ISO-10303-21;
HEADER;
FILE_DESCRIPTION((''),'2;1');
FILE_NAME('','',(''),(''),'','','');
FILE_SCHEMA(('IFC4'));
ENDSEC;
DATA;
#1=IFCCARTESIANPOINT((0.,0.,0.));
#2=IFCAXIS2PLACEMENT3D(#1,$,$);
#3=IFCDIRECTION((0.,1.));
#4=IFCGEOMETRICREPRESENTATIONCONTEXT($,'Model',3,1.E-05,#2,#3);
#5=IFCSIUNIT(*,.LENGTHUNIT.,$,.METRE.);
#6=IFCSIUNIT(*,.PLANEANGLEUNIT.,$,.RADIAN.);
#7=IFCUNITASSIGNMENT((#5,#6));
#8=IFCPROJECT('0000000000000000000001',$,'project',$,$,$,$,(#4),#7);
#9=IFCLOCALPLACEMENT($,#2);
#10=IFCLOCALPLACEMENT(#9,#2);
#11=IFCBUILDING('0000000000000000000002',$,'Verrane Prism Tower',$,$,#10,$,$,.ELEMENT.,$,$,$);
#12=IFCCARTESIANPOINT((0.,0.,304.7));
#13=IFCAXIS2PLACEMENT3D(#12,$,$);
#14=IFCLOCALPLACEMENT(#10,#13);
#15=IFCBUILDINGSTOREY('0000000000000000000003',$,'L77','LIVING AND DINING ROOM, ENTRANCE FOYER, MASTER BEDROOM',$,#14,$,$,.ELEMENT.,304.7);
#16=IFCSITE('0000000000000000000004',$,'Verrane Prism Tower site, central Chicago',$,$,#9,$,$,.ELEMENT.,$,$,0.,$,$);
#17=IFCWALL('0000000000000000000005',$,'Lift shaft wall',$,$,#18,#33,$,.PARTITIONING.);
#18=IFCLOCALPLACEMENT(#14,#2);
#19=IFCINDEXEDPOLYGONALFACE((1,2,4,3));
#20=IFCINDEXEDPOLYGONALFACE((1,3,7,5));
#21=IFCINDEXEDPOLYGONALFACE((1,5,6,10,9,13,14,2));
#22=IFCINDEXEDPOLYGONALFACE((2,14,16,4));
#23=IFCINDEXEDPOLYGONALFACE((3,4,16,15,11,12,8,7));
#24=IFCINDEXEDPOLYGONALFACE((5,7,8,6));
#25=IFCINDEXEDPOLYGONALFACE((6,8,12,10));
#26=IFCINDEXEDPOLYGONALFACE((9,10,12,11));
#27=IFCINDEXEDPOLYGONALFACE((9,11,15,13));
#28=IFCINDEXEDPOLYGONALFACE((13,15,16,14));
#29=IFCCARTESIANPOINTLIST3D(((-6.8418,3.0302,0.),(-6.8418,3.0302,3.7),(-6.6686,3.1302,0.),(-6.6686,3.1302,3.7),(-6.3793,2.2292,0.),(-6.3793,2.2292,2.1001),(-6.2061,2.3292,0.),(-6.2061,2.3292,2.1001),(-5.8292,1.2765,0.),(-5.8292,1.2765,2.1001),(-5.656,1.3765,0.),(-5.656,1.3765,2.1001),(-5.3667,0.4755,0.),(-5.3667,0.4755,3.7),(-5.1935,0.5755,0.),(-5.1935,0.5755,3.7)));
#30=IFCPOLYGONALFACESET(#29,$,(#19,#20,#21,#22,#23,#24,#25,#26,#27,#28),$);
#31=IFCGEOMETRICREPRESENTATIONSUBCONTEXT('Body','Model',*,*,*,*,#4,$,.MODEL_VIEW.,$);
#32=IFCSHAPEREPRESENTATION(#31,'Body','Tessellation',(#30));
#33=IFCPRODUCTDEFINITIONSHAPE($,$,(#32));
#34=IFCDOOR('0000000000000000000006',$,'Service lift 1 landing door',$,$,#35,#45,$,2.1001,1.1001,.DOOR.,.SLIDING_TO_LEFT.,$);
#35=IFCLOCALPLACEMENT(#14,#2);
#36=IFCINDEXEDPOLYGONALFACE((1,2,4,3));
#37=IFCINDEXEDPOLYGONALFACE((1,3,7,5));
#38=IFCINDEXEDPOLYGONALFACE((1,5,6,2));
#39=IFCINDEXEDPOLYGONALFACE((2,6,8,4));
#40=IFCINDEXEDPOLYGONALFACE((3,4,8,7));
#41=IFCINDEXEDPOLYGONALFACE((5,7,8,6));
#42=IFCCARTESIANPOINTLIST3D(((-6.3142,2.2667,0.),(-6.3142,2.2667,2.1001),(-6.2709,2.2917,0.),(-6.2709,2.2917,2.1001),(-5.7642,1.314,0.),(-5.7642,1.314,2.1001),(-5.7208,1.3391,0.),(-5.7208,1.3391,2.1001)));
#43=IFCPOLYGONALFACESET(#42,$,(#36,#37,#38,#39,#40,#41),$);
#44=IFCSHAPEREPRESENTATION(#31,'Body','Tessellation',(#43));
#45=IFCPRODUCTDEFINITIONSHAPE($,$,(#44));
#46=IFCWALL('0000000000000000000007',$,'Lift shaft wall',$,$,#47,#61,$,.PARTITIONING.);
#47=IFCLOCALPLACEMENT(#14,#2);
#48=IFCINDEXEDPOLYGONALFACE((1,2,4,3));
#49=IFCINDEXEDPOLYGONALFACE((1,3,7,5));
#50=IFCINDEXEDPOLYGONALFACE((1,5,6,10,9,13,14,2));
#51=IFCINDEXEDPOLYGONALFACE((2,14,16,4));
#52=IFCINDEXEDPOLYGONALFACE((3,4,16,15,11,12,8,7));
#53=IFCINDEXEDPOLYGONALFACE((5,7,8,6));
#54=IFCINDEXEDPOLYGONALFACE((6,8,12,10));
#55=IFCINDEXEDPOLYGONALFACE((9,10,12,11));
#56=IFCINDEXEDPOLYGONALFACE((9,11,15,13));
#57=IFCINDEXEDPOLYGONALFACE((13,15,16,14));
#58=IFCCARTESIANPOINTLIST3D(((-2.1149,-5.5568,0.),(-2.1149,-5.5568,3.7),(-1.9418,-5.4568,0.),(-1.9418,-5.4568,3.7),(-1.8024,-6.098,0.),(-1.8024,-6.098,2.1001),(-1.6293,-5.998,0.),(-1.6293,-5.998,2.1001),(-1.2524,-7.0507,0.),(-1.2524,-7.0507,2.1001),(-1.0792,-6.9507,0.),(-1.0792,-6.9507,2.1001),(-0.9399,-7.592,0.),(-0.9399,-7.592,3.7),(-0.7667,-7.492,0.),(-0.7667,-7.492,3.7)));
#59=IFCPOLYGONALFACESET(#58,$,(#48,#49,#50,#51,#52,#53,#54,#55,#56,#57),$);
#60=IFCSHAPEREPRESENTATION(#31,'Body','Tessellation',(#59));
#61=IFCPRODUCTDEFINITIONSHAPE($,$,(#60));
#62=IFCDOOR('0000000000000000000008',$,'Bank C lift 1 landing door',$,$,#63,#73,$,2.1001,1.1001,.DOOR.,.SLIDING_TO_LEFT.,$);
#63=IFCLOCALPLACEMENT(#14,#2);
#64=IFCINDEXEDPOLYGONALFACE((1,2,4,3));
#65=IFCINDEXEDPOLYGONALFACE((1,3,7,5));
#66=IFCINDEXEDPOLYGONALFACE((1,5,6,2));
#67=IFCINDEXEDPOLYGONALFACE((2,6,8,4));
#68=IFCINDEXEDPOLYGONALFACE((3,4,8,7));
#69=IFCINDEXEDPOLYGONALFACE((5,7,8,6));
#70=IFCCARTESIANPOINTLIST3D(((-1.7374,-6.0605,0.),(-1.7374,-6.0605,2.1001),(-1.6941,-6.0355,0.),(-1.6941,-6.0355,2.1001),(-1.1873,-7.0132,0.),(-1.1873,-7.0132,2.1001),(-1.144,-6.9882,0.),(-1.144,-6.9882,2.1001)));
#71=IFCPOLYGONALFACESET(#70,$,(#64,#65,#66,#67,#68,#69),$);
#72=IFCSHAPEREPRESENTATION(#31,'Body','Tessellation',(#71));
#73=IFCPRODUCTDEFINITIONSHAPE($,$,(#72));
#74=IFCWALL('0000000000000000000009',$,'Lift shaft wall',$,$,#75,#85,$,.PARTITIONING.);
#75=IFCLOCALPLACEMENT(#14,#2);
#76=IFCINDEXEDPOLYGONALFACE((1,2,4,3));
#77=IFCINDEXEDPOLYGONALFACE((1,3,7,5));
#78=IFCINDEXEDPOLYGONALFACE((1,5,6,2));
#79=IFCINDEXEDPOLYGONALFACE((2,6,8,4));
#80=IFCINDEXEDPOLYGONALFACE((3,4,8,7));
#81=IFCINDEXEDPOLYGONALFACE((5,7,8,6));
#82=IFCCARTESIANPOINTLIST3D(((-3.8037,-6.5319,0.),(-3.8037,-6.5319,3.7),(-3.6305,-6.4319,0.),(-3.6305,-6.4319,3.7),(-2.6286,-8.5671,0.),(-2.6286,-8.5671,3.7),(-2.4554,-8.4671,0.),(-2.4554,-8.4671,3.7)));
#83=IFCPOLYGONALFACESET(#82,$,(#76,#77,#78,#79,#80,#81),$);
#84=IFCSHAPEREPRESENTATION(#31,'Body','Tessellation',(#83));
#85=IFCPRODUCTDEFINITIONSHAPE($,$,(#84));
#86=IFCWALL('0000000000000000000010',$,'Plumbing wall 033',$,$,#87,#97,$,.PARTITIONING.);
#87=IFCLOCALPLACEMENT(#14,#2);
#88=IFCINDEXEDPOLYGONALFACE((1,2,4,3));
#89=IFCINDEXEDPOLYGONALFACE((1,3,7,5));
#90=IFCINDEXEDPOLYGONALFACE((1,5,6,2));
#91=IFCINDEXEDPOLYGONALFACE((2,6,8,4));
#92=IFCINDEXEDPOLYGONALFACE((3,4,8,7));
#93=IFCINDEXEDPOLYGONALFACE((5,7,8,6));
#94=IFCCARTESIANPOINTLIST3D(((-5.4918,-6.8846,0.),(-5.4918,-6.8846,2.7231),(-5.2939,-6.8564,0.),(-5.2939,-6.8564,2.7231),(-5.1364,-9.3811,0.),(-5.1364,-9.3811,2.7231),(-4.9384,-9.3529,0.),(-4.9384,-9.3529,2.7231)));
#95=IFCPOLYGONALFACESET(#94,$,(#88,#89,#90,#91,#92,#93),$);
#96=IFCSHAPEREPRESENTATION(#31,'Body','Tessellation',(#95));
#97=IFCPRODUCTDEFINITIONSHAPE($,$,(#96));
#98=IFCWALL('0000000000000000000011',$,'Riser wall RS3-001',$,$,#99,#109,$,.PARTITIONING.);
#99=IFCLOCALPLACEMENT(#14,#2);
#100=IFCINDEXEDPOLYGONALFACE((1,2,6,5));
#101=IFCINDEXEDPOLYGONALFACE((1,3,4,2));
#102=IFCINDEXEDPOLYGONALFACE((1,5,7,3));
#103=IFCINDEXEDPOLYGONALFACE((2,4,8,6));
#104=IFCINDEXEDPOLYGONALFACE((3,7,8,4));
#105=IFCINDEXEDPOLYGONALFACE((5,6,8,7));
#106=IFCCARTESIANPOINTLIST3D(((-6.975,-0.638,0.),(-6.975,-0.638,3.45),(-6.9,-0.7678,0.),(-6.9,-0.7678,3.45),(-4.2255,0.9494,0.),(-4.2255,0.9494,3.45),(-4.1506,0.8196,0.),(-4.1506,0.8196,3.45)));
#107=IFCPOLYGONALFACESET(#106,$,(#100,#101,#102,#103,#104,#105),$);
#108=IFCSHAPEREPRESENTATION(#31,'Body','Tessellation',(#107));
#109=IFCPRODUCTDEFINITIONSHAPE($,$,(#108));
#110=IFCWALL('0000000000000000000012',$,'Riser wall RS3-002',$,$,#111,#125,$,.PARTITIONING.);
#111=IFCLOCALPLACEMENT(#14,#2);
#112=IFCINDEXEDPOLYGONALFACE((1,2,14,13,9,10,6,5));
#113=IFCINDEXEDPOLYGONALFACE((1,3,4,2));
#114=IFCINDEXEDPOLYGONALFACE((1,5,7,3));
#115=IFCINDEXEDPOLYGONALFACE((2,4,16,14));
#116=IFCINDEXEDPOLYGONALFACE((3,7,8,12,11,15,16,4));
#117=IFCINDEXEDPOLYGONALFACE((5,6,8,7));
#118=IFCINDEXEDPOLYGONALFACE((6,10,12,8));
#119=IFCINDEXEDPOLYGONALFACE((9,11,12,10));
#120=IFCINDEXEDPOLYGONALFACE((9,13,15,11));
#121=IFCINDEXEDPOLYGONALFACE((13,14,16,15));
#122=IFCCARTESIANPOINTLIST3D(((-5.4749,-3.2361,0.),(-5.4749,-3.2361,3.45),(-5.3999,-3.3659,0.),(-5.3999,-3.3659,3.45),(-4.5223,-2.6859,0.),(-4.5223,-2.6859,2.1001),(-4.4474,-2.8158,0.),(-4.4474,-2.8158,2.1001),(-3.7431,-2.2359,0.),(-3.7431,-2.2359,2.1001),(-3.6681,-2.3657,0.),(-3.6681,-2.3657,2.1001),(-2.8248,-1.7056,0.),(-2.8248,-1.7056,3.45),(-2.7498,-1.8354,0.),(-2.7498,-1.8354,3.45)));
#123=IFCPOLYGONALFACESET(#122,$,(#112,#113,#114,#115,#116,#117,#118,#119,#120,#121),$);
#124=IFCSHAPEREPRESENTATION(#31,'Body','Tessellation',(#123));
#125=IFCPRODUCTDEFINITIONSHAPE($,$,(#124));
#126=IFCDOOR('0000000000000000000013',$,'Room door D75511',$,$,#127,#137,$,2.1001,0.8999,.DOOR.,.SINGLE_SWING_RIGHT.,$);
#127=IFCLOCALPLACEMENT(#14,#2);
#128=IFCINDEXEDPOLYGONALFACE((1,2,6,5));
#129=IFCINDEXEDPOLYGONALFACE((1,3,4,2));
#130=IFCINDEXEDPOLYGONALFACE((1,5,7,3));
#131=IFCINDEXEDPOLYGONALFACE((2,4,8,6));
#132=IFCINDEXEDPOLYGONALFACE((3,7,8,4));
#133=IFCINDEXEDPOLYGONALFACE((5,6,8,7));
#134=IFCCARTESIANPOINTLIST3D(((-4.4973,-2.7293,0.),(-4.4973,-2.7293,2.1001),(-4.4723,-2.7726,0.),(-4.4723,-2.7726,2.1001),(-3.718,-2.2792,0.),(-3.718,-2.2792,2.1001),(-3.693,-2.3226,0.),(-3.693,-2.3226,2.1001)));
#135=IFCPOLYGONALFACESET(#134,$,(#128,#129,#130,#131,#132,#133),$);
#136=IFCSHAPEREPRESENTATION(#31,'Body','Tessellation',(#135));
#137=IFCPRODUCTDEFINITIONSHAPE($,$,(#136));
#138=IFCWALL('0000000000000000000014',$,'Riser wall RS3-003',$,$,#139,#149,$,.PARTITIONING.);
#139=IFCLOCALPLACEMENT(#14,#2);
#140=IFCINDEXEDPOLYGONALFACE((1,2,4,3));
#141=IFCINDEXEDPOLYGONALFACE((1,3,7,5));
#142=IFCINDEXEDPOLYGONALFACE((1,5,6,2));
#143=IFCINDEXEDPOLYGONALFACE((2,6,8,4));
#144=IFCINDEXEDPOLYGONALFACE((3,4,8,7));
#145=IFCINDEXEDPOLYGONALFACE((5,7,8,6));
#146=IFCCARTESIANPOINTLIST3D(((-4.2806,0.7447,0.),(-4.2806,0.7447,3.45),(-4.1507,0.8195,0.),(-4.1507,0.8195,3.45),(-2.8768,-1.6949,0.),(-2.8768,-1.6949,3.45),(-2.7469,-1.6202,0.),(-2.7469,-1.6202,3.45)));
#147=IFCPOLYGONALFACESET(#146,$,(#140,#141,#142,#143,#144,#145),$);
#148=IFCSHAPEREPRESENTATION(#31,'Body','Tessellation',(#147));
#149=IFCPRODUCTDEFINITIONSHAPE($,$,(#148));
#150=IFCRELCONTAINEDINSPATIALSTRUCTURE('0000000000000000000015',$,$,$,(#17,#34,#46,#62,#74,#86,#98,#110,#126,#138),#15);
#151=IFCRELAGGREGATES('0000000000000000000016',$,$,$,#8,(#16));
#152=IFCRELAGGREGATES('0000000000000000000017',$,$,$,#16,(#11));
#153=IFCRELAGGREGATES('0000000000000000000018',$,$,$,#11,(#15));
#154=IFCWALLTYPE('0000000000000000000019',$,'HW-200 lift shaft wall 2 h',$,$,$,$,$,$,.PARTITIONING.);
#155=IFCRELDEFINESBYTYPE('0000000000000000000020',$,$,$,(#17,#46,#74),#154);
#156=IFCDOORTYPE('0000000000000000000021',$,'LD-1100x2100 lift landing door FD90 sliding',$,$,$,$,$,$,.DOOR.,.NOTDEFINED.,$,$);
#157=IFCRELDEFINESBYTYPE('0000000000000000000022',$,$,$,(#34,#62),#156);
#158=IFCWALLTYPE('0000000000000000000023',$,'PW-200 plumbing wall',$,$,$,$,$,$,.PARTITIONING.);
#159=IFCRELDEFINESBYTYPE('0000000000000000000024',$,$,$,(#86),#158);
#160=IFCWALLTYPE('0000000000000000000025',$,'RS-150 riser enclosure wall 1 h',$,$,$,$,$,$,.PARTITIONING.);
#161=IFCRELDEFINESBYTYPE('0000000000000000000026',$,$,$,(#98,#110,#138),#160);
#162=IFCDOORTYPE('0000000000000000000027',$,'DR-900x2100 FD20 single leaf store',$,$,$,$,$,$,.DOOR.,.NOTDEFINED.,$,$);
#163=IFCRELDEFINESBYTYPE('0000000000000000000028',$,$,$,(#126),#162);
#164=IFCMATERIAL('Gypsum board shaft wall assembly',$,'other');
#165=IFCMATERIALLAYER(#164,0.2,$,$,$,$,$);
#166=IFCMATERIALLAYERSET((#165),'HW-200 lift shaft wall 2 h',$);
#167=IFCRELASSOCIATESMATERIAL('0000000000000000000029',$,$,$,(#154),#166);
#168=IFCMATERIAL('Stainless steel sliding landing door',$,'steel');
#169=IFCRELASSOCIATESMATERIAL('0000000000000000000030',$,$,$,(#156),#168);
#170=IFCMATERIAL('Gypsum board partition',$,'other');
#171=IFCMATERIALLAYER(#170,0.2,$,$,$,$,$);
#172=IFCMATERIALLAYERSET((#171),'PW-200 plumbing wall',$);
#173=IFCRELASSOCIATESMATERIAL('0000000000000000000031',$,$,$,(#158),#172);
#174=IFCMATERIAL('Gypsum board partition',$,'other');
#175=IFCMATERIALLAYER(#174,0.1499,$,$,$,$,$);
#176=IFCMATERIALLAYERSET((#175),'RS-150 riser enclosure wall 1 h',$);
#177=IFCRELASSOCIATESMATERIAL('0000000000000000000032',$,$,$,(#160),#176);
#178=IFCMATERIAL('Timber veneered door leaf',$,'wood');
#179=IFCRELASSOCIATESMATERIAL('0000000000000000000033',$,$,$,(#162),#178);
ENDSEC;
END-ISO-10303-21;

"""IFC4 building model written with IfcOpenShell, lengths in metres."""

from ifc_helpers import new_model, si_unit, direction, frame, frame_2d, origin, place, context, subcontext, project, spatial, rectangle, extrude, material, layer, layer_set, type_object, element, fill, save


model = new_model("IFC4")

# Units and contexts
model_context = context("Model", 3, precision=1e-05, world=origin(), true_north=direction((0.0, 1.0)))
body_context = subcontext(model_context, "Body", "Model", "MODEL_VIEW")
ifc_project = project(units=[si_unit("LENGTHUNIT", "METRE"), si_unit("PLANEANGLEUNIT", "RADIAN")], contexts=[model_context])

# Site, building, storey
site_placement = place(None, origin())
site = spatial("IfcSite", under=ifc_project, at=site_placement, Name="Verrane Prism Tower site, central Chicago", CompositionType="ELEMENT", RefElevation=0.0)
building_placement = place(site_placement, origin())
building = spatial("IfcBuilding", under=site, at=building_placement, Name="Verrane Prism Tower", CompositionType="ELEMENT")
storey_placement = place(building_placement, frame((0.0, 0.0, 304.7)))
storey = spatial("IfcBuildingStorey", under=building, at=storey_placement, Name="L77", Description="LIVING AND DINING ROOM, ENTRANCE FOYER, MASTER BEDROOM", CompositionType="ELEMENT", Elevation=304.7)

# Shared definitions
ifc_material_1 = material(Name="Gypsum board shaft wall assembly", Category="other")
ifc_layer_1 = layer(ifc_material_1, 0.2)
ifc_layer_set_1 = layer_set([ifc_layer_1], Name="HW-200 lift shaft wall 2 h")
wall_type_1 = type_object("IfcWallType", Name="HW-200 lift shaft wall 2 h", PredefinedType="PARTITIONING", material=ifc_layer_set_1)
ifc_material_2 = material(Name="Stainless steel sliding landing door", Category="steel")
door_type_1 = type_object("IfcDoorType", Name="LD-1100x2100 lift landing door FD90 sliding", OperationType="NOTDEFINED", PredefinedType="DOOR", material=ifc_material_2)

# Walls, openings, doors
wall_1_placement = place(storey_placement, frame((-5.28, 0.5254, 0.0), z_axis=(0.0, 0.0, 1.0), x_axis=(-0.500038, 0.866004, 0.0)))
wall_1 = element("IfcWall", 1, at=wall_1_placement, inside=storey, type_object=wall_type_1, Name="Lift shaft wall", PredefinedType="PARTITIONING", context=body_context, shape_type="SweptSolid", body=[
    extrude(rectangle(XDim=2.95, YDim=0.2, at=frame_2d((1.4751, 0.0))), origin(), (0.0, 0.0, 1.0), 3.7),
])
opening_1_placement = place(wall_1_placement, frame((0.925, 0.0, 0.0)))
opening_1 = element("IfcOpeningElement", 2, at=opening_1_placement, cuts=wall_1, PredefinedType="OPENING", context=body_context, shape_type="SweptSolid", body=[
    extrude(rectangle(XDim=1.1001, YDim=2.1001, at=frame_2d((0.55, 1.05))), frame((0.0, 0.1099, 0.0), z_axis=(0.0, -1.0, 0.0), x_axis=(1.0, 0.0, 0.0)), (0.0, 0.0, 1.0), 0.22),
])
door_1_placement = place(opening_1_placement, origin())
door_1 = element("IfcDoor", 3, at=door_1_placement, inside=storey, type_object=door_type_1, Name="Service lift 1 landing door", OperationType="SLIDING_TO_LEFT", OverallHeight=2.1001, OverallWidth=1.1001, PredefinedType="DOOR", context=body_context, shape_type="SweptSolid", body=[
    extrude(rectangle(XDim=1.1001, YDim=2.1001, at=frame_2d((0.55, 1.05))), frame((0.0, 0.0249, 0.0), z_axis=(0.0, -1.0, 0.0), x_axis=(1.0, 0.0, 0.0)), (0.0, 0.0, 1.0), 0.05),
])
fill(opening_1, door_1)
wall_2_placement = place(storey_placement, frame((-0.8533, -7.542, 0.0), z_axis=(0.0, 0.0, 1.0), x_axis=(-0.500016, 0.866016, 0.0)))
wall_2 = element("IfcWall", 4, at=wall_2_placement, inside=storey, type_object=wall_type_1, Name="Lift shaft wall", PredefinedType="PARTITIONING", context=body_context, shape_type="SweptSolid", body=[
    extrude(rectangle(XDim=2.3501, YDim=0.2, at=frame_2d((1.175, 0.0))), origin(), (0.0, 0.0, 1.0), 3.7),
])
opening_2_placement = place(wall_2_placement, frame((0.625, 0.0, 0.0)))
opening_2 = element("IfcOpeningElement", 5, at=opening_2_placement, cuts=wall_2, PredefinedType="OPENING", context=body_context, shape_type="SweptSolid", body=[
    extrude(rectangle(XDim=1.1001, YDim=2.1001, at=frame_2d((0.55, 1.05))), frame((0.0, 0.1099, 0.0), z_axis=(0.0, -1.0, 0.0), x_axis=(1.0, 0.0, 0.0)), (0.0, 0.0, 1.0), 0.22),
])
door_2_placement = place(opening_2_placement, origin())
door_2 = element("IfcDoor", 6, at=door_2_placement, inside=storey, type_object=door_type_1, Name="Bank C lift 1 landing door", OperationType="SLIDING_TO_LEFT", OverallHeight=2.1001, OverallWidth=1.1001, PredefinedType="DOOR", context=body_context, shape_type="SweptSolid", body=[
    extrude(rectangle(XDim=1.1001, YDim=2.1001, at=frame_2d((0.55, 1.05))), frame((0.0, 0.0249, 0.0), z_axis=(0.0, -1.0, 0.0), x_axis=(1.0, 0.0, 0.0)), (0.0, 0.0, 1.0), 0.05),
])
fill(opening_2, door_2)

# Walls
wall_3_placement = place(storey_placement, frame((-2.542, -8.5171, 0.0), z_axis=(0.0, 0.0, 1.0), x_axis=(-0.500016, 0.866016, 0.0)))
element("IfcWall", 7, at=wall_3_placement, inside=storey, type_object=wall_type_1, Name="Lift shaft wall", PredefinedType="PARTITIONING", context=body_context, shape_type="SweptSolid", body=[
    extrude(rectangle(XDim=2.3501, YDim=0.2, at=frame_2d((1.175, 0.0))), origin(), (0.0, 0.0, 1.0), 3.7),
])
ifc_material_3 = material(Name="Gypsum board partition", Category="other")
ifc_layer_2 = layer(ifc_material_3, 0.2)
ifc_layer_set_2 = layer_set([ifc_layer_2], Name="PW-200 plumbing wall")
wall_type_2 = type_object("IfcWallType", Name="PW-200 plumbing wall", PredefinedType="PARTITIONING", material=ifc_layer_set_2)
wall_4_placement = place(storey_placement, frame((-5.3928, -6.8706, 0.0), z_axis=(0.0, 0.0, 1.0), x_axis=(0.140961, -0.990015, 0.0)))
element("IfcWall", 8, at=wall_4_placement, inside=storey, type_object=wall_type_2, Name="Plumbing wall 033", PredefinedType="PARTITIONING", context=body_context, shape_type="SweptSolid", body=[
    extrude(rectangle(XDim=2.5217, YDim=0.2, at=frame_2d((1.2607, 0.0))), origin(), (0.0, 0.0, 1.0), 2.7231),
])
ifc_material_4 = material(Name="Gypsum board partition", Category="other")
ifc_layer_3 = layer(ifc_material_4, 0.1499)
ifc_layer_set_3 = layer_set([ifc_layer_3], Name="RS-150 riser enclosure wall 1 h")
wall_type_3 = type_object("IfcWallType", Name="RS-150 riser enclosure wall 1 h", PredefinedType="PARTITIONING", material=ifc_layer_set_3)
wall_5_placement = place(storey_placement, frame((-6.9375, -0.7029, 0.0), z_axis=(0.0, 0.0, 1.0), x_axis=(0.866029, 0.499993, 0.0)))
element("IfcWall", 9, at=wall_5_placement, inside=storey, type_object=wall_type_3, Name="Riser wall RS3-001", PredefinedType="PARTITIONING", context=body_context, shape_type="SweptSolid", body=[
    extrude(rectangle(XDim=3.1748, YDim=0.1499, at=frame_2d((1.5874, 0.0))), origin(), (0.0, 0.0, 1.0), 3.45),
])

# Wall, opening, door
wall_6_placement = place(storey_placement, frame((-5.4375, -3.301, 0.0), z_axis=(0.0, 0.0, 1.0), x_axis=(0.865961, 0.500111, 0.0)))
wall_6 = element("IfcWall", 10, at=wall_6_placement, inside=storey, type_object=wall_type_3, Name="Riser wall RS3-002", PredefinedType="PARTITIONING", context=body_context, shape_type="SweptSolid", body=[
    extrude(rectangle(XDim=3.0603, YDim=0.1499, at=frame_2d((1.5303, 0.0))), origin(), (0.0, 0.0, 1.0), 3.45),
])
opening_3_placement = place(wall_6_placement, frame((1.1001, 0.0, 0.0)))
opening_3 = element("IfcOpeningElement", 11, at=opening_3_placement, cuts=wall_6, PredefinedType="OPENING", context=body_context, shape_type="SweptSolid", body=[
    extrude(rectangle(XDim=0.8999, YDim=2.1001, at=frame_2d((0.45, 1.05))), frame((0.0, 0.085, 0.0), z_axis=(0.0, -1.0, 0.0), x_axis=(1.0, 0.0, 0.0)), (0.0, 0.0, 1.0), 0.1699),
])
ifc_material_5 = material(Name="Timber veneered door leaf", Category="wood")
door_type_2 = type_object("IfcDoorType", Name="DR-900x2100 FD20 single leaf store", OperationType="NOTDEFINED", PredefinedType="DOOR", material=ifc_material_5)
door_3_placement = place(opening_3_placement, origin())
door_3 = element("IfcDoor", 12, at=door_3_placement, inside=storey, type_object=door_type_2, Name="Room door D75511", OperationType="SINGLE_SWING_RIGHT", OverallHeight=2.1001, OverallWidth=0.8999, PredefinedType="DOOR", context=body_context, shape_type="SweptSolid", body=[
    extrude(rectangle(XDim=0.8999, YDim=2.1001, at=frame_2d((0.45, 1.05))), frame((0.0, 0.0249, 0.0), z_axis=(0.0, -1.0, 0.0), x_axis=(1.0, 0.0, 0.0)), (0.0, 0.0, 1.0), 0.05),
])
fill(opening_3, door_3)

# Wall
wall_7_placement = place(storey_placement, frame((-4.2156, 0.782, 0.0), z_axis=(0.0, 0.0, 1.0), x_axis=(0.498733, -0.866755, 0.0)))
element("IfcWall", 13, at=wall_7_placement, inside=storey, type_object=wall_type_3, Name="Riser wall RS3-003", PredefinedType="PARTITIONING", context=body_context, shape_type="SweptSolid", body=[
    extrude(rectangle(XDim=2.8147, YDim=0.1499, at=frame_2d((1.4072, 0.0))), origin(), (0.0, 0.0, 1.0), 3.45),
])

save(model, "model.ifc")
